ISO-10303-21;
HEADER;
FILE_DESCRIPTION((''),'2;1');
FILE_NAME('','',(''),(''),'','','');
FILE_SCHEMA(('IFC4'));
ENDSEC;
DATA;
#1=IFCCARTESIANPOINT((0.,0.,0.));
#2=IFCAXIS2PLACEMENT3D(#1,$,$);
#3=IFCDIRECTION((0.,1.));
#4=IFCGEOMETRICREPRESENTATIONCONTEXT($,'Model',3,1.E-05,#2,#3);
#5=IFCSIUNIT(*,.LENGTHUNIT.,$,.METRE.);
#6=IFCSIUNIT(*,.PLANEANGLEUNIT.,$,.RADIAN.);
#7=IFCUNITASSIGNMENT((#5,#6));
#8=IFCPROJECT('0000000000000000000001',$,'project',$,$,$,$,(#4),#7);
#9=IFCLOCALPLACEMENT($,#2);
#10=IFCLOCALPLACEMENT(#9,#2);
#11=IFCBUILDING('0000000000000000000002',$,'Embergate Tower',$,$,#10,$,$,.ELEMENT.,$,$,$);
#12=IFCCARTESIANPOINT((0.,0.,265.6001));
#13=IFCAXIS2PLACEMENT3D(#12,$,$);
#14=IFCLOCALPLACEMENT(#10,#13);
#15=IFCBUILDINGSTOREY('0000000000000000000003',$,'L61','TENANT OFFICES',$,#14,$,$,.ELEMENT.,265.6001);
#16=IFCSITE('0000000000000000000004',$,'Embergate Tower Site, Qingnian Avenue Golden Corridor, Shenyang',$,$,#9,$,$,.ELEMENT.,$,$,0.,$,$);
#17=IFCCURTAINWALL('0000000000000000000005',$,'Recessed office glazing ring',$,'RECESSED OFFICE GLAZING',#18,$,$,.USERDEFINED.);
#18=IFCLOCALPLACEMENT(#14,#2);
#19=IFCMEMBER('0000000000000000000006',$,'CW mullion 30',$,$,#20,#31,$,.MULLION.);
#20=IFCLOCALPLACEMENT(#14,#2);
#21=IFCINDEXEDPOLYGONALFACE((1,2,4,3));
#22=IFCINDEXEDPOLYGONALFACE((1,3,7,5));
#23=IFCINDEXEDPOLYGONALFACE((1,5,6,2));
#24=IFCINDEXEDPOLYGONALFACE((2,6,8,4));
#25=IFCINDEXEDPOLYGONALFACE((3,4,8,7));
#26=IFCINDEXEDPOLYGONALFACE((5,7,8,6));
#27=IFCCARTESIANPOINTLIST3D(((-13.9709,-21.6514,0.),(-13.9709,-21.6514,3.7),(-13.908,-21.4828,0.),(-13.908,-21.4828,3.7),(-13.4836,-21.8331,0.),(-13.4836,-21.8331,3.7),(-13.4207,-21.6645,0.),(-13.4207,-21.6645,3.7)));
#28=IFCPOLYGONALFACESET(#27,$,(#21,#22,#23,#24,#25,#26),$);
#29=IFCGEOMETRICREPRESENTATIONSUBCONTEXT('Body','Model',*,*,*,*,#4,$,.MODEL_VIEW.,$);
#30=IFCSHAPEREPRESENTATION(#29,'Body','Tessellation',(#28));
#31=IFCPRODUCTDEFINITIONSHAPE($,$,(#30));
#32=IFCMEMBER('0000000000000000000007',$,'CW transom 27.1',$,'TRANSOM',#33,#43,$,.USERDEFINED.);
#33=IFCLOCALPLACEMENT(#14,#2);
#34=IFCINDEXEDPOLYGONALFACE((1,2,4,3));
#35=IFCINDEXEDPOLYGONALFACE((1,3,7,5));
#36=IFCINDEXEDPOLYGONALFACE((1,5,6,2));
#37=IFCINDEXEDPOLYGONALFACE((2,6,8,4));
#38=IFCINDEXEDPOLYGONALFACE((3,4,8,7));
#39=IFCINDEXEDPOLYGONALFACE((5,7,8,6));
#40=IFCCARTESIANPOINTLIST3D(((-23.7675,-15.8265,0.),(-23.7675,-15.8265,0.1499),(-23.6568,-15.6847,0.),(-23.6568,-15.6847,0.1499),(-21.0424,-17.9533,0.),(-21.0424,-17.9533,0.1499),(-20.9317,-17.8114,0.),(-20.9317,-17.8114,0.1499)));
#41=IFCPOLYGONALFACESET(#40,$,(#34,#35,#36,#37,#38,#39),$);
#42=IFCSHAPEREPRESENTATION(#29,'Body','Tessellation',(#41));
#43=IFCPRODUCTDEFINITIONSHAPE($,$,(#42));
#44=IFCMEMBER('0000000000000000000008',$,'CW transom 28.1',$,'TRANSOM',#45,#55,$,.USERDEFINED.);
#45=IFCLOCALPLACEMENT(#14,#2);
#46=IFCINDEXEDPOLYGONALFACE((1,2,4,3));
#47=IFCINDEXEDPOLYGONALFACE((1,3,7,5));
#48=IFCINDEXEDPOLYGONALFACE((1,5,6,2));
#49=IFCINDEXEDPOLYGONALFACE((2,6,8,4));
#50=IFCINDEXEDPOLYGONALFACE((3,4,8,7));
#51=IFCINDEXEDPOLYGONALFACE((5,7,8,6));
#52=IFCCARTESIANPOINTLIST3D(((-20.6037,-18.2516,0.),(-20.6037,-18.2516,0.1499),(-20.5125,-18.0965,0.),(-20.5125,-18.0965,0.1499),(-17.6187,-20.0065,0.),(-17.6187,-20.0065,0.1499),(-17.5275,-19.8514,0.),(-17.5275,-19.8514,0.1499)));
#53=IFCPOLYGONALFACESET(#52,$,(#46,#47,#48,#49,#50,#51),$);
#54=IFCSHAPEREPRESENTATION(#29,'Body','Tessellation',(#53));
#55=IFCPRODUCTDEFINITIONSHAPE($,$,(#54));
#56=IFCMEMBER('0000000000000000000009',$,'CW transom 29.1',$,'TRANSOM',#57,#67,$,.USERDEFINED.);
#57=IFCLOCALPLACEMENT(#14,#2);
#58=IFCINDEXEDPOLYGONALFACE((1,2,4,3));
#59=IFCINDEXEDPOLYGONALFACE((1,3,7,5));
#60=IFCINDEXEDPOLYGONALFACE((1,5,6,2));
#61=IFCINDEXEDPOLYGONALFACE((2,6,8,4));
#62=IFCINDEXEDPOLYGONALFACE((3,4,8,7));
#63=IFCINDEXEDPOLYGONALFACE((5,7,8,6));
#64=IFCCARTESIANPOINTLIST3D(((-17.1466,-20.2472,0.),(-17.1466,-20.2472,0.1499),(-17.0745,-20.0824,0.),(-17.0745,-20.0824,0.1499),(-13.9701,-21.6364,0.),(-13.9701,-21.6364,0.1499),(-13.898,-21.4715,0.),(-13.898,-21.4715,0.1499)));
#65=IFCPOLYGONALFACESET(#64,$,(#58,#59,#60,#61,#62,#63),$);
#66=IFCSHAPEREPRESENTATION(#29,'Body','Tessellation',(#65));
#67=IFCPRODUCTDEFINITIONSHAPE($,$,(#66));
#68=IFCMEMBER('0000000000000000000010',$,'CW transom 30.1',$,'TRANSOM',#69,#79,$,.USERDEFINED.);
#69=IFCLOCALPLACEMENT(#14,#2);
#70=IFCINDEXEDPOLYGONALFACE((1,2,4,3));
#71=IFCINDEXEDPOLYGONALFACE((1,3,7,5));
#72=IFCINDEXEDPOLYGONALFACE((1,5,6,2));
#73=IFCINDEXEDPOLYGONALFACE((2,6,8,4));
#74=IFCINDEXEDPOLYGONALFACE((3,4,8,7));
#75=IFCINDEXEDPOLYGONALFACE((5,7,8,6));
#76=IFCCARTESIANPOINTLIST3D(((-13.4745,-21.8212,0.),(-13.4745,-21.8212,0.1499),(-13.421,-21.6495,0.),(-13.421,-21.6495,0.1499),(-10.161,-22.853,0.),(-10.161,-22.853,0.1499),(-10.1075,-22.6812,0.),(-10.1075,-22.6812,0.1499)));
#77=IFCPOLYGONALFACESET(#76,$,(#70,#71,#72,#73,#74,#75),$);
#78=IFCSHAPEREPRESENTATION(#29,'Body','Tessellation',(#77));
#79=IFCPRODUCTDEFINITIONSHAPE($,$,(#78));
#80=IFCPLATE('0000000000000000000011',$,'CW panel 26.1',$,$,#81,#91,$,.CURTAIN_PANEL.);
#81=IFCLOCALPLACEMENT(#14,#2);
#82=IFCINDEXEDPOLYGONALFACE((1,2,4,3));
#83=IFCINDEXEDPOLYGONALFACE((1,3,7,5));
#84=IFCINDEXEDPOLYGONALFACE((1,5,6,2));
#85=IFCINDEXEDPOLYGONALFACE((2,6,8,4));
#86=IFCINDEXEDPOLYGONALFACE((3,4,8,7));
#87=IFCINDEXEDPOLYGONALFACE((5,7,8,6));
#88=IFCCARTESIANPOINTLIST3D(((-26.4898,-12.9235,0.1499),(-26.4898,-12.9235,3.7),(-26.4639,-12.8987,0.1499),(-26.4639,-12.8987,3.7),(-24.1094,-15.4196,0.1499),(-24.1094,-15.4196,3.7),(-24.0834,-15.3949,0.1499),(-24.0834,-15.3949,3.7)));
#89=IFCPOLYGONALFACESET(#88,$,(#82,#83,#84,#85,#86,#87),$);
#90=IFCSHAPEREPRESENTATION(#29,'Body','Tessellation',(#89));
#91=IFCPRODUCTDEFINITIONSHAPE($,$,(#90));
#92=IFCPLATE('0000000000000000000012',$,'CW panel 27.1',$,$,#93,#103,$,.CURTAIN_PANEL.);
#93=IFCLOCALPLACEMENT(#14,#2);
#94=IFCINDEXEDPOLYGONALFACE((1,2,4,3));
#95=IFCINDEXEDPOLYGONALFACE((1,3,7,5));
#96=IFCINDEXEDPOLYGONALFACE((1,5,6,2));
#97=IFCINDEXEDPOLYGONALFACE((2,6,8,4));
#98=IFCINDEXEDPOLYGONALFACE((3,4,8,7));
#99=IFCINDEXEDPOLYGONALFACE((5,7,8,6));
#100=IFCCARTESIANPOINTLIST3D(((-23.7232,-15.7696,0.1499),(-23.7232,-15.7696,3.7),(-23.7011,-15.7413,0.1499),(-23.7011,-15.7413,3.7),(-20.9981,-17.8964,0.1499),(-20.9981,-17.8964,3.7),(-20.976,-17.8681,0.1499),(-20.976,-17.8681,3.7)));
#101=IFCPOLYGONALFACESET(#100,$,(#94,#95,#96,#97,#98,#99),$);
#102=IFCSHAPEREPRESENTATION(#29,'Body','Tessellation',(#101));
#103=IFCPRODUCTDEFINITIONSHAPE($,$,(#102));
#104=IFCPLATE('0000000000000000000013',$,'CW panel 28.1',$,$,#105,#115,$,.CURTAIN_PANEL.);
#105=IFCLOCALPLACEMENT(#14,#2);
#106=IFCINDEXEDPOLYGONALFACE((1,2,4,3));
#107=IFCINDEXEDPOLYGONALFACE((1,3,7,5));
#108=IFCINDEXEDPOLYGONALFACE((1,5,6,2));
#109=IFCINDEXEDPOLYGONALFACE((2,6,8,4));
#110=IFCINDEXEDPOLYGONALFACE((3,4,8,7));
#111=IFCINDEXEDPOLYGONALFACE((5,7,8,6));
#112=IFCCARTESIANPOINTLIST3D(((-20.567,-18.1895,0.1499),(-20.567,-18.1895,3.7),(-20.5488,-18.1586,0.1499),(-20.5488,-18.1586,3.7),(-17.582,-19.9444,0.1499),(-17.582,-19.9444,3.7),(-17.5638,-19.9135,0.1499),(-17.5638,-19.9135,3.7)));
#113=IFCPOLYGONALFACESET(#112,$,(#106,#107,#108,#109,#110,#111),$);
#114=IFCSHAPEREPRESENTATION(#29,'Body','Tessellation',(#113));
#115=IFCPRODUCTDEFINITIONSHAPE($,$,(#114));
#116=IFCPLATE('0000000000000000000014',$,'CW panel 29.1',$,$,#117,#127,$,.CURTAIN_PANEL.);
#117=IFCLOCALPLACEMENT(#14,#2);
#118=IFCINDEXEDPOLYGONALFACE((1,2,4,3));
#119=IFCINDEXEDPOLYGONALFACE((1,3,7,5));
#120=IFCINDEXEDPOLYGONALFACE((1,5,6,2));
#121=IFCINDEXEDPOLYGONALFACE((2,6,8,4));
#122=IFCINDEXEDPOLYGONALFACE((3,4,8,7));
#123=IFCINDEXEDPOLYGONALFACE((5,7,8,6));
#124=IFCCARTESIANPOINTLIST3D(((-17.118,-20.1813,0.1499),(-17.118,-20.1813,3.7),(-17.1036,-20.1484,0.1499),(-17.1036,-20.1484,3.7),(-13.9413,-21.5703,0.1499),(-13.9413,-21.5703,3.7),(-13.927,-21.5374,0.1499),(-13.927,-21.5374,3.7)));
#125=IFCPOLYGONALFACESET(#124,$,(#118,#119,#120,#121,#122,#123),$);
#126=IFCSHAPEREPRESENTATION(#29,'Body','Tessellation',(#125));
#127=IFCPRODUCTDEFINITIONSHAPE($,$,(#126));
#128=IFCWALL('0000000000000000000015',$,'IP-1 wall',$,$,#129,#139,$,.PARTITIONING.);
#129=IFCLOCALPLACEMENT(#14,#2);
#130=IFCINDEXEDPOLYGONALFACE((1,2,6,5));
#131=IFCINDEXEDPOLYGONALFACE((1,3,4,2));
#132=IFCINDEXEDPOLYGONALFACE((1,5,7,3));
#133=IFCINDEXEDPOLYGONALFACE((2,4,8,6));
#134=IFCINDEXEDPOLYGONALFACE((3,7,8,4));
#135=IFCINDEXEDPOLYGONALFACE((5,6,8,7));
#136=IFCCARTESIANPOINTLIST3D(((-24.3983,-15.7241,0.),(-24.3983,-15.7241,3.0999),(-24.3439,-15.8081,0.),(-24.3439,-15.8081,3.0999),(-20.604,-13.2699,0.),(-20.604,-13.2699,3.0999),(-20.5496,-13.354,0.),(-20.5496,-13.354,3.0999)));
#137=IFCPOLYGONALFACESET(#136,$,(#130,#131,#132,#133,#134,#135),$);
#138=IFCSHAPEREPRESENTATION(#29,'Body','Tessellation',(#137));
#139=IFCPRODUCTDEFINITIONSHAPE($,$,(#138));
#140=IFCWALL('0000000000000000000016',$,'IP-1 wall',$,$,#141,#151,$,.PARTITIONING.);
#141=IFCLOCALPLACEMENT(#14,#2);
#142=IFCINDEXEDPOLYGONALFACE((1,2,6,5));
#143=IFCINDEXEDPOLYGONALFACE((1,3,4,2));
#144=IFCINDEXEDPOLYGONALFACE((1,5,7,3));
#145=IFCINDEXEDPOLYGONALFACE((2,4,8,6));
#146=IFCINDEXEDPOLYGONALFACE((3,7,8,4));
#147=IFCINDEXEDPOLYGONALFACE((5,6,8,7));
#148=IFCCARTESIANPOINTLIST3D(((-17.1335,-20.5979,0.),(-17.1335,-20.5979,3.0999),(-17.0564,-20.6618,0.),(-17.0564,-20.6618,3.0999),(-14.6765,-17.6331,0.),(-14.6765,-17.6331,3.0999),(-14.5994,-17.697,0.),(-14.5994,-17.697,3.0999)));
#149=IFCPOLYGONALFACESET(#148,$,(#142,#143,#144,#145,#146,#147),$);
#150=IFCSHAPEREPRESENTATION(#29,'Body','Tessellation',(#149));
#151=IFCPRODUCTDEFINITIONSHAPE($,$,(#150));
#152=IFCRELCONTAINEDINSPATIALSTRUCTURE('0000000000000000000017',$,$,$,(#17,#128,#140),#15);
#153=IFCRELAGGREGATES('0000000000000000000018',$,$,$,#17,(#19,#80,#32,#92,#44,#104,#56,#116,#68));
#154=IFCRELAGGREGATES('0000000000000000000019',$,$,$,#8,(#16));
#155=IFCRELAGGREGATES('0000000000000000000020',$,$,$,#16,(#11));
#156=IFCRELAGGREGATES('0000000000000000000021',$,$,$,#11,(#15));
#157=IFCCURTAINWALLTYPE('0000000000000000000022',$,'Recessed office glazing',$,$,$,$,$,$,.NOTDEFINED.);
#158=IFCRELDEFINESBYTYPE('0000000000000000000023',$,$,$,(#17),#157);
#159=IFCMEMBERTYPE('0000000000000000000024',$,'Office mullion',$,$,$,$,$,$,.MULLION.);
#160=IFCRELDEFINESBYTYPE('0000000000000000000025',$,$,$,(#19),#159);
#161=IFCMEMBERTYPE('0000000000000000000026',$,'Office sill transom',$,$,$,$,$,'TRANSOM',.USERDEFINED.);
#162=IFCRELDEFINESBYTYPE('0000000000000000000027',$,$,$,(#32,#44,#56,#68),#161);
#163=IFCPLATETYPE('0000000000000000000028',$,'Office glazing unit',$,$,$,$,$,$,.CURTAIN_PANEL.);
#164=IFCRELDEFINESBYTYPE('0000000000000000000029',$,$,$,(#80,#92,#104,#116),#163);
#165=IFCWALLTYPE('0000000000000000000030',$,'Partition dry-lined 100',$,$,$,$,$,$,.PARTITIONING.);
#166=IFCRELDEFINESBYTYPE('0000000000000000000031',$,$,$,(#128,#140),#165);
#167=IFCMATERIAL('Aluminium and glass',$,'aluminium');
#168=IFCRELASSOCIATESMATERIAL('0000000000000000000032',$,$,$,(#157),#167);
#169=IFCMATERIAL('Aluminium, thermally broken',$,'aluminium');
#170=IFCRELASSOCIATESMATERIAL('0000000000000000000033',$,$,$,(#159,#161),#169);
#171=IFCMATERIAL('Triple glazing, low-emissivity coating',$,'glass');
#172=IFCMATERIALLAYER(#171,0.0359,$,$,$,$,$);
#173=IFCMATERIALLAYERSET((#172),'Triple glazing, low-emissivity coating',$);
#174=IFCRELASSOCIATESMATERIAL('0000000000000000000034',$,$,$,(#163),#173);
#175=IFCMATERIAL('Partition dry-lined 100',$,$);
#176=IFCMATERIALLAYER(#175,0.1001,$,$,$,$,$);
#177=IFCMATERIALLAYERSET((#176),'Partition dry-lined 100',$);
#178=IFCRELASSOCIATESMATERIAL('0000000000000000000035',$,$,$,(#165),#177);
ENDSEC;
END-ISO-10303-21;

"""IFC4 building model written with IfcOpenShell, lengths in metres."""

from ifc_helpers import new_model, si_unit, direction, frame, frame_2d, origin, origin_2d, place, context, subcontext, project, spatial, rectangle, extrude, source, transform, mapped, material, layer, layer_set, material_profile, profile_set, type_object, element, aggregate, save


model = new_model("IFC4")

# Units and contexts
model_context = context("Model", 3, precision=1e-05, world=origin(), true_north=direction((0.0, 1.0)))
body_context = subcontext(model_context, "Body", "Model", "MODEL_VIEW")
ifc_project = project(units=[si_unit("LENGTHUNIT", "METRE"), si_unit("PLANEANGLEUNIT", "RADIAN")], contexts=[model_context])

# Site, building, storey
site_placement = place(None, origin())
site = spatial("IfcSite", under=ifc_project, at=site_placement, Name="Embergate Tower Site, Qingnian Avenue Golden Corridor, Shenyang", CompositionType="ELEMENT", RefElevation=0.0)
building_placement = place(site_placement, origin())
building = spatial("IfcBuilding", under=site, at=building_placement, Name="Embergate Tower", CompositionType="ELEMENT")
storey_placement = place(building_placement, frame((0.0, 0.0, 265.6001)))
storey = spatial("IfcBuildingStorey", under=building, at=storey_placement, Name="L61", Description="TENANT OFFICES", CompositionType="ELEMENT", Elevation=265.6001)

# Curtain wall, members, plates
ifc_material_1 = material(Name="Aluminium and glass", Category="aluminium")
curtain_wall_type = type_object("IfcCurtainWallType", Name="Recessed office glazing", PredefinedType="NOTDEFINED", material=ifc_material_1)
curtain_wall_placement = place(storey_placement, origin())
curtain_wall = element("IfcCurtainWall", 1, at=curtain_wall_placement, inside=storey, type_object=curtain_wall_type, Name="Recessed office glazing ring", ObjectType="RECESSED OFFICE GLAZING", PredefinedType="USERDEFINED")
ifc_material_2 = material(Name="Aluminium, thermally broken", Category="aluminium")
ifc_material_profile_1 = material_profile(ifc_material_2, rectangle(XDim=0.1799, YDim=0.52, at=origin_2d()), Name="AL 520x180")
ifc_profile_set_1 = profile_set([ifc_material_profile_1], Name="Aluminium, thermally broken")
member_type_1 = type_object("IfcMemberType", Name="Office mullion", PredefinedType="MULLION", material=ifc_profile_set_1)
shared_shape_1 = source(origin(), body_context, "Body", "SweptSolid", [
    extrude(rectangle(XDim=0.1799, YDim=0.52, at=origin_2d()), origin(), (0.0, 0.0, 1.0), 3.7),
])
member_1_placement = place(storey_placement, frame((-13.6958, -21.658, 0.0), z_axis=(0.0, 0.0, 1.0), x_axis=(0.349496, 0.936938, 0.0)))
member_1 = element("IfcMember", 2, at=member_1_placement, type_object=member_type_1, Name="CW mullion 30", PredefinedType="MULLION", context=body_context, shape_type="MappedRepresentation", body=[
    mapped(shared_shape_1, transform((0.0, 0.0, 0.0))),
])
ifc_material_profile_2 = material_profile(ifc_material_2, rectangle(XDim=0.1799, YDim=0.1499, at=origin_2d()), Name="AL 150x180")
ifc_profile_set_2 = profile_set([ifc_material_profile_2], Name="Aluminium, thermally broken")
member_type_2 = type_object("IfcMemberType", Name="Office sill transom", ElementType="TRANSOM", PredefinedType="USERDEFINED", material=ifc_profile_set_2)
shared_shape_2 = source(origin(), body_context, "Body", "SweptSolid", [
    extrude(rectangle(XDim=0.1799, YDim=0.1499, at=origin_2d()), origin(), (0.0, 0.0, 1.0), 3.4568),
])
member_2_placement = place(storey_placement, frame((-23.7122, -15.7556, 0.075), z_axis=(0.788343, -0.615236, 0.0), x_axis=(0.615236, 0.788343, 0.0)))
member_2 = element("IfcMember", 3, at=member_2_placement, type_object=member_type_2, Name="CW transom 27.1", ObjectType="TRANSOM", PredefinedType="USERDEFINED", context=body_context, shape_type="MappedRepresentation", body=[
    mapped(shared_shape_2, transform((0.0, 0.0, 0.0))),
])
shared_shape_3 = source(origin(), body_context, "Body", "SweptSolid", [
    extrude(rectangle(XDim=0.1799, YDim=0.1499, at=origin_2d()), origin(), (0.0, 0.0, 1.0), 3.4626),
])
member_3_placement = place(storey_placement, frame((-20.5581, -18.1741, 0.075), z_axis=(0.862068, -0.506792, 0.0), x_axis=(0.506792, 0.862068, 0.0)))
member_3 = element("IfcMember", 4, at=member_3_placement, type_object=member_type_2, Name="CW transom 28.1", ObjectType="TRANSOM", PredefinedType="USERDEFINED", context=body_context, shape_type="MappedRepresentation", body=[
    mapped(shared_shape_3, transform((0.0, 0.0, 0.0))),
])
shared_shape_4 = source(origin(), body_context, "Body", "SweptSolid", [
    extrude(rectangle(XDim=0.1799, YDim=0.1499, at=origin_2d()), origin(), (0.0, 0.0, 1.0), 3.467),
])
member_4_placement = place(storey_placement, frame((-17.1106, -20.1648, 0.075), z_axis=(0.916217, -0.400682, 0.0), x_axis=(0.400682, 0.916217, 0.0)))
member_4 = element("IfcMember", 5, at=member_4_placement, type_object=member_type_2, Name="CW transom 29.1", ObjectType="TRANSOM", PredefinedType="USERDEFINED", context=body_context, shape_type="MappedRepresentation", body=[
    mapped(shared_shape_4, transform((0.0, 0.0, 0.0))),
])
shared_shape_5 = source(origin(), body_context, "Body", "SweptSolid", [
    extrude(rectangle(XDim=0.1799, YDim=0.1499, at=origin_2d()), origin(), (0.0, 0.0, 1.0), 3.4705),
])
member_5_placement = place(storey_placement, frame((-13.4478, -21.7354, 0.075), z_axis=(0.954785, -0.297297, 0.0), x_axis=(0.297297, 0.954785, 0.0)))
member_5 = element("IfcMember", 6, at=member_5_placement, type_object=member_type_2, Name="CW transom 30.1", ObjectType="TRANSOM", PredefinedType="USERDEFINED", context=body_context, shape_type="MappedRepresentation", body=[
    mapped(shared_shape_5, transform((0.0, 0.0, 0.0))),
])
ifc_material_3 = material(Name="Triple glazing, low-emissivity coating", Category="glass")
ifc_layer_1 = layer(ifc_material_3, 0.0359)
ifc_layer_set_1 = layer_set([ifc_layer_1], Name="Triple glazing, low-emissivity coating")
plate_type = type_object("IfcPlateType", Name="Office glazing unit", PredefinedType="CURTAIN_PANEL", material=ifc_layer_set_1)
shared_shape_6 = source(origin(), body_context, "Body", "SweptSolid", [
    extrude(rectangle(XDim=3.4492, YDim=0.0359, at=origin_2d()), origin(), (0.0, 0.0, 1.0), 3.55),
])
plate_1_placement = place(storey_placement, frame((-25.2866, -14.1592, 0.1499), z_axis=(0.0, 0.0, 1.0), x_axis=(0.690139, -0.723677, 0.0)))
plate_1 = element("IfcPlate", 7, at=plate_1_placement, type_object=plate_type, Name="CW panel 26.1", PredefinedType="CURTAIN_PANEL", context=body_context, shape_type="MappedRepresentation", body=[
    mapped(shared_shape_6, transform((0.0, 0.0, 0.0))),
])
shared_shape_7 = source(origin(), body_context, "Body", "SweptSolid", [
    extrude(rectangle(XDim=3.4568, YDim=0.0359, at=origin_2d()), origin(), (0.0, 0.0, 1.0), 3.55),
])
plate_2_placement = place(storey_placement, frame((-22.3496, -16.8188, 0.1499), z_axis=(0.0, 0.0, 1.0), x_axis=(0.788323, -0.615261, 0.0)))
plate_2 = element("IfcPlate", 8, at=plate_2_placement, type_object=plate_type, Name="CW panel 27.1", PredefinedType="CURTAIN_PANEL", context=body_context, shape_type="MappedRepresentation", body=[
    mapped(shared_shape_7, transform((0.0, 0.0, 0.0))),
])
shared_shape_8 = source(origin(), body_context, "Body", "SweptSolid", [
    extrude(rectangle(XDim=3.4626, YDim=0.0359, at=origin_2d()), origin(), (0.0, 0.0, 1.0), 3.55),
])
plate_3_placement = place(storey_placement, frame((-19.0654, -19.0515, 0.1499), z_axis=(0.0, 0.0, 1.0), x_axis=(0.862055, -0.506815, 0.0)))
plate_3 = element("IfcPlate", 9, at=plate_3_placement, type_object=plate_type, Name="CW panel 28.1", PredefinedType="CURTAIN_PANEL", context=body_context, shape_type="MappedRepresentation", body=[
    mapped(shared_shape_8, transform((0.0, 0.0, 0.0))),
])
shared_shape_9 = source(origin(), body_context, "Body", "SweptSolid", [
    extrude(rectangle(XDim=3.467, YDim=0.0359, at=origin_2d()), origin(), (0.0, 0.0, 1.0), 3.55),
])
plate_4_placement = place(storey_placement, frame((-15.5225, -20.8594, 0.1499), z_axis=(0.0, 0.0, 1.0), x_axis=(0.916238, -0.400635, 0.0)))
plate_4 = element("IfcPlate", 10, at=plate_4_placement, type_object=plate_type, Name="CW panel 29.1", PredefinedType="CURTAIN_PANEL", context=body_context, shape_type="MappedRepresentation", body=[
    mapped(shared_shape_9, transform((0.0, 0.0, 0.0))),
])
aggregate(curtain_wall, [member_1, plate_1, member_2, plate_2, member_3, plate_3, member_4, plate_4, member_5])

# Walls
ifc_material_4 = material(Name="Partition dry-lined 100")
ifc_layer_2 = layer(ifc_material_4, 0.1001)
ifc_layer_set_2 = layer_set([ifc_layer_2], Name="Partition dry-lined 100")
wall_type = type_object("IfcWallType", Name="Partition dry-lined 100", PredefinedType="PARTITIONING", material=ifc_layer_set_2)
shared_shape_10 = source(origin(), body_context, "Body", "SweptSolid", [
    extrude(rectangle(XDim=4.5188, YDim=0.1001, at=frame_2d((2.2593, 0.0))), origin(), (0.0, 0.0, 1.0), 3.0999),
])
wall_1_placement = place(storey_placement, frame((-20.5769, -13.312, 0.0), z_axis=(0.0, 0.0, 1.0), x_axis=(-0.839667, -0.543101, 0.0)))
element("IfcWall", 11, at=wall_1_placement, inside=storey, type_object=wall_type, Name="IP-1 wall", PredefinedType="PARTITIONING", context=body_context, shape_type="MappedRepresentation", body=[
    mapped(shared_shape_10, transform((0.0, 0.0, 0.0))),
])
shared_shape_11 = source(origin(), body_context, "Body", "SweptSolid", [
    extrude(rectangle(XDim=3.8506, YDim=0.1001, at=frame_2d((1.9253, 0.0))), origin(), (0.0, 0.0, 1.0), 3.0999),
])
wall_2_placement = place(storey_placement, frame((-14.6379, -17.665, 0.0), z_axis=(0.0, 0.0, 1.0), x_axis=(-0.638087, -0.769965, 0.0)))
element("IfcWall", 12, at=wall_2_placement, inside=storey, type_object=wall_type, Name="IP-1 wall", PredefinedType="PARTITIONING", context=body_context, shape_type="MappedRepresentation", body=[
    mapped(shared_shape_11, transform((0.0, 0.0, 0.0))),
])

save(model, "model.ifc")
